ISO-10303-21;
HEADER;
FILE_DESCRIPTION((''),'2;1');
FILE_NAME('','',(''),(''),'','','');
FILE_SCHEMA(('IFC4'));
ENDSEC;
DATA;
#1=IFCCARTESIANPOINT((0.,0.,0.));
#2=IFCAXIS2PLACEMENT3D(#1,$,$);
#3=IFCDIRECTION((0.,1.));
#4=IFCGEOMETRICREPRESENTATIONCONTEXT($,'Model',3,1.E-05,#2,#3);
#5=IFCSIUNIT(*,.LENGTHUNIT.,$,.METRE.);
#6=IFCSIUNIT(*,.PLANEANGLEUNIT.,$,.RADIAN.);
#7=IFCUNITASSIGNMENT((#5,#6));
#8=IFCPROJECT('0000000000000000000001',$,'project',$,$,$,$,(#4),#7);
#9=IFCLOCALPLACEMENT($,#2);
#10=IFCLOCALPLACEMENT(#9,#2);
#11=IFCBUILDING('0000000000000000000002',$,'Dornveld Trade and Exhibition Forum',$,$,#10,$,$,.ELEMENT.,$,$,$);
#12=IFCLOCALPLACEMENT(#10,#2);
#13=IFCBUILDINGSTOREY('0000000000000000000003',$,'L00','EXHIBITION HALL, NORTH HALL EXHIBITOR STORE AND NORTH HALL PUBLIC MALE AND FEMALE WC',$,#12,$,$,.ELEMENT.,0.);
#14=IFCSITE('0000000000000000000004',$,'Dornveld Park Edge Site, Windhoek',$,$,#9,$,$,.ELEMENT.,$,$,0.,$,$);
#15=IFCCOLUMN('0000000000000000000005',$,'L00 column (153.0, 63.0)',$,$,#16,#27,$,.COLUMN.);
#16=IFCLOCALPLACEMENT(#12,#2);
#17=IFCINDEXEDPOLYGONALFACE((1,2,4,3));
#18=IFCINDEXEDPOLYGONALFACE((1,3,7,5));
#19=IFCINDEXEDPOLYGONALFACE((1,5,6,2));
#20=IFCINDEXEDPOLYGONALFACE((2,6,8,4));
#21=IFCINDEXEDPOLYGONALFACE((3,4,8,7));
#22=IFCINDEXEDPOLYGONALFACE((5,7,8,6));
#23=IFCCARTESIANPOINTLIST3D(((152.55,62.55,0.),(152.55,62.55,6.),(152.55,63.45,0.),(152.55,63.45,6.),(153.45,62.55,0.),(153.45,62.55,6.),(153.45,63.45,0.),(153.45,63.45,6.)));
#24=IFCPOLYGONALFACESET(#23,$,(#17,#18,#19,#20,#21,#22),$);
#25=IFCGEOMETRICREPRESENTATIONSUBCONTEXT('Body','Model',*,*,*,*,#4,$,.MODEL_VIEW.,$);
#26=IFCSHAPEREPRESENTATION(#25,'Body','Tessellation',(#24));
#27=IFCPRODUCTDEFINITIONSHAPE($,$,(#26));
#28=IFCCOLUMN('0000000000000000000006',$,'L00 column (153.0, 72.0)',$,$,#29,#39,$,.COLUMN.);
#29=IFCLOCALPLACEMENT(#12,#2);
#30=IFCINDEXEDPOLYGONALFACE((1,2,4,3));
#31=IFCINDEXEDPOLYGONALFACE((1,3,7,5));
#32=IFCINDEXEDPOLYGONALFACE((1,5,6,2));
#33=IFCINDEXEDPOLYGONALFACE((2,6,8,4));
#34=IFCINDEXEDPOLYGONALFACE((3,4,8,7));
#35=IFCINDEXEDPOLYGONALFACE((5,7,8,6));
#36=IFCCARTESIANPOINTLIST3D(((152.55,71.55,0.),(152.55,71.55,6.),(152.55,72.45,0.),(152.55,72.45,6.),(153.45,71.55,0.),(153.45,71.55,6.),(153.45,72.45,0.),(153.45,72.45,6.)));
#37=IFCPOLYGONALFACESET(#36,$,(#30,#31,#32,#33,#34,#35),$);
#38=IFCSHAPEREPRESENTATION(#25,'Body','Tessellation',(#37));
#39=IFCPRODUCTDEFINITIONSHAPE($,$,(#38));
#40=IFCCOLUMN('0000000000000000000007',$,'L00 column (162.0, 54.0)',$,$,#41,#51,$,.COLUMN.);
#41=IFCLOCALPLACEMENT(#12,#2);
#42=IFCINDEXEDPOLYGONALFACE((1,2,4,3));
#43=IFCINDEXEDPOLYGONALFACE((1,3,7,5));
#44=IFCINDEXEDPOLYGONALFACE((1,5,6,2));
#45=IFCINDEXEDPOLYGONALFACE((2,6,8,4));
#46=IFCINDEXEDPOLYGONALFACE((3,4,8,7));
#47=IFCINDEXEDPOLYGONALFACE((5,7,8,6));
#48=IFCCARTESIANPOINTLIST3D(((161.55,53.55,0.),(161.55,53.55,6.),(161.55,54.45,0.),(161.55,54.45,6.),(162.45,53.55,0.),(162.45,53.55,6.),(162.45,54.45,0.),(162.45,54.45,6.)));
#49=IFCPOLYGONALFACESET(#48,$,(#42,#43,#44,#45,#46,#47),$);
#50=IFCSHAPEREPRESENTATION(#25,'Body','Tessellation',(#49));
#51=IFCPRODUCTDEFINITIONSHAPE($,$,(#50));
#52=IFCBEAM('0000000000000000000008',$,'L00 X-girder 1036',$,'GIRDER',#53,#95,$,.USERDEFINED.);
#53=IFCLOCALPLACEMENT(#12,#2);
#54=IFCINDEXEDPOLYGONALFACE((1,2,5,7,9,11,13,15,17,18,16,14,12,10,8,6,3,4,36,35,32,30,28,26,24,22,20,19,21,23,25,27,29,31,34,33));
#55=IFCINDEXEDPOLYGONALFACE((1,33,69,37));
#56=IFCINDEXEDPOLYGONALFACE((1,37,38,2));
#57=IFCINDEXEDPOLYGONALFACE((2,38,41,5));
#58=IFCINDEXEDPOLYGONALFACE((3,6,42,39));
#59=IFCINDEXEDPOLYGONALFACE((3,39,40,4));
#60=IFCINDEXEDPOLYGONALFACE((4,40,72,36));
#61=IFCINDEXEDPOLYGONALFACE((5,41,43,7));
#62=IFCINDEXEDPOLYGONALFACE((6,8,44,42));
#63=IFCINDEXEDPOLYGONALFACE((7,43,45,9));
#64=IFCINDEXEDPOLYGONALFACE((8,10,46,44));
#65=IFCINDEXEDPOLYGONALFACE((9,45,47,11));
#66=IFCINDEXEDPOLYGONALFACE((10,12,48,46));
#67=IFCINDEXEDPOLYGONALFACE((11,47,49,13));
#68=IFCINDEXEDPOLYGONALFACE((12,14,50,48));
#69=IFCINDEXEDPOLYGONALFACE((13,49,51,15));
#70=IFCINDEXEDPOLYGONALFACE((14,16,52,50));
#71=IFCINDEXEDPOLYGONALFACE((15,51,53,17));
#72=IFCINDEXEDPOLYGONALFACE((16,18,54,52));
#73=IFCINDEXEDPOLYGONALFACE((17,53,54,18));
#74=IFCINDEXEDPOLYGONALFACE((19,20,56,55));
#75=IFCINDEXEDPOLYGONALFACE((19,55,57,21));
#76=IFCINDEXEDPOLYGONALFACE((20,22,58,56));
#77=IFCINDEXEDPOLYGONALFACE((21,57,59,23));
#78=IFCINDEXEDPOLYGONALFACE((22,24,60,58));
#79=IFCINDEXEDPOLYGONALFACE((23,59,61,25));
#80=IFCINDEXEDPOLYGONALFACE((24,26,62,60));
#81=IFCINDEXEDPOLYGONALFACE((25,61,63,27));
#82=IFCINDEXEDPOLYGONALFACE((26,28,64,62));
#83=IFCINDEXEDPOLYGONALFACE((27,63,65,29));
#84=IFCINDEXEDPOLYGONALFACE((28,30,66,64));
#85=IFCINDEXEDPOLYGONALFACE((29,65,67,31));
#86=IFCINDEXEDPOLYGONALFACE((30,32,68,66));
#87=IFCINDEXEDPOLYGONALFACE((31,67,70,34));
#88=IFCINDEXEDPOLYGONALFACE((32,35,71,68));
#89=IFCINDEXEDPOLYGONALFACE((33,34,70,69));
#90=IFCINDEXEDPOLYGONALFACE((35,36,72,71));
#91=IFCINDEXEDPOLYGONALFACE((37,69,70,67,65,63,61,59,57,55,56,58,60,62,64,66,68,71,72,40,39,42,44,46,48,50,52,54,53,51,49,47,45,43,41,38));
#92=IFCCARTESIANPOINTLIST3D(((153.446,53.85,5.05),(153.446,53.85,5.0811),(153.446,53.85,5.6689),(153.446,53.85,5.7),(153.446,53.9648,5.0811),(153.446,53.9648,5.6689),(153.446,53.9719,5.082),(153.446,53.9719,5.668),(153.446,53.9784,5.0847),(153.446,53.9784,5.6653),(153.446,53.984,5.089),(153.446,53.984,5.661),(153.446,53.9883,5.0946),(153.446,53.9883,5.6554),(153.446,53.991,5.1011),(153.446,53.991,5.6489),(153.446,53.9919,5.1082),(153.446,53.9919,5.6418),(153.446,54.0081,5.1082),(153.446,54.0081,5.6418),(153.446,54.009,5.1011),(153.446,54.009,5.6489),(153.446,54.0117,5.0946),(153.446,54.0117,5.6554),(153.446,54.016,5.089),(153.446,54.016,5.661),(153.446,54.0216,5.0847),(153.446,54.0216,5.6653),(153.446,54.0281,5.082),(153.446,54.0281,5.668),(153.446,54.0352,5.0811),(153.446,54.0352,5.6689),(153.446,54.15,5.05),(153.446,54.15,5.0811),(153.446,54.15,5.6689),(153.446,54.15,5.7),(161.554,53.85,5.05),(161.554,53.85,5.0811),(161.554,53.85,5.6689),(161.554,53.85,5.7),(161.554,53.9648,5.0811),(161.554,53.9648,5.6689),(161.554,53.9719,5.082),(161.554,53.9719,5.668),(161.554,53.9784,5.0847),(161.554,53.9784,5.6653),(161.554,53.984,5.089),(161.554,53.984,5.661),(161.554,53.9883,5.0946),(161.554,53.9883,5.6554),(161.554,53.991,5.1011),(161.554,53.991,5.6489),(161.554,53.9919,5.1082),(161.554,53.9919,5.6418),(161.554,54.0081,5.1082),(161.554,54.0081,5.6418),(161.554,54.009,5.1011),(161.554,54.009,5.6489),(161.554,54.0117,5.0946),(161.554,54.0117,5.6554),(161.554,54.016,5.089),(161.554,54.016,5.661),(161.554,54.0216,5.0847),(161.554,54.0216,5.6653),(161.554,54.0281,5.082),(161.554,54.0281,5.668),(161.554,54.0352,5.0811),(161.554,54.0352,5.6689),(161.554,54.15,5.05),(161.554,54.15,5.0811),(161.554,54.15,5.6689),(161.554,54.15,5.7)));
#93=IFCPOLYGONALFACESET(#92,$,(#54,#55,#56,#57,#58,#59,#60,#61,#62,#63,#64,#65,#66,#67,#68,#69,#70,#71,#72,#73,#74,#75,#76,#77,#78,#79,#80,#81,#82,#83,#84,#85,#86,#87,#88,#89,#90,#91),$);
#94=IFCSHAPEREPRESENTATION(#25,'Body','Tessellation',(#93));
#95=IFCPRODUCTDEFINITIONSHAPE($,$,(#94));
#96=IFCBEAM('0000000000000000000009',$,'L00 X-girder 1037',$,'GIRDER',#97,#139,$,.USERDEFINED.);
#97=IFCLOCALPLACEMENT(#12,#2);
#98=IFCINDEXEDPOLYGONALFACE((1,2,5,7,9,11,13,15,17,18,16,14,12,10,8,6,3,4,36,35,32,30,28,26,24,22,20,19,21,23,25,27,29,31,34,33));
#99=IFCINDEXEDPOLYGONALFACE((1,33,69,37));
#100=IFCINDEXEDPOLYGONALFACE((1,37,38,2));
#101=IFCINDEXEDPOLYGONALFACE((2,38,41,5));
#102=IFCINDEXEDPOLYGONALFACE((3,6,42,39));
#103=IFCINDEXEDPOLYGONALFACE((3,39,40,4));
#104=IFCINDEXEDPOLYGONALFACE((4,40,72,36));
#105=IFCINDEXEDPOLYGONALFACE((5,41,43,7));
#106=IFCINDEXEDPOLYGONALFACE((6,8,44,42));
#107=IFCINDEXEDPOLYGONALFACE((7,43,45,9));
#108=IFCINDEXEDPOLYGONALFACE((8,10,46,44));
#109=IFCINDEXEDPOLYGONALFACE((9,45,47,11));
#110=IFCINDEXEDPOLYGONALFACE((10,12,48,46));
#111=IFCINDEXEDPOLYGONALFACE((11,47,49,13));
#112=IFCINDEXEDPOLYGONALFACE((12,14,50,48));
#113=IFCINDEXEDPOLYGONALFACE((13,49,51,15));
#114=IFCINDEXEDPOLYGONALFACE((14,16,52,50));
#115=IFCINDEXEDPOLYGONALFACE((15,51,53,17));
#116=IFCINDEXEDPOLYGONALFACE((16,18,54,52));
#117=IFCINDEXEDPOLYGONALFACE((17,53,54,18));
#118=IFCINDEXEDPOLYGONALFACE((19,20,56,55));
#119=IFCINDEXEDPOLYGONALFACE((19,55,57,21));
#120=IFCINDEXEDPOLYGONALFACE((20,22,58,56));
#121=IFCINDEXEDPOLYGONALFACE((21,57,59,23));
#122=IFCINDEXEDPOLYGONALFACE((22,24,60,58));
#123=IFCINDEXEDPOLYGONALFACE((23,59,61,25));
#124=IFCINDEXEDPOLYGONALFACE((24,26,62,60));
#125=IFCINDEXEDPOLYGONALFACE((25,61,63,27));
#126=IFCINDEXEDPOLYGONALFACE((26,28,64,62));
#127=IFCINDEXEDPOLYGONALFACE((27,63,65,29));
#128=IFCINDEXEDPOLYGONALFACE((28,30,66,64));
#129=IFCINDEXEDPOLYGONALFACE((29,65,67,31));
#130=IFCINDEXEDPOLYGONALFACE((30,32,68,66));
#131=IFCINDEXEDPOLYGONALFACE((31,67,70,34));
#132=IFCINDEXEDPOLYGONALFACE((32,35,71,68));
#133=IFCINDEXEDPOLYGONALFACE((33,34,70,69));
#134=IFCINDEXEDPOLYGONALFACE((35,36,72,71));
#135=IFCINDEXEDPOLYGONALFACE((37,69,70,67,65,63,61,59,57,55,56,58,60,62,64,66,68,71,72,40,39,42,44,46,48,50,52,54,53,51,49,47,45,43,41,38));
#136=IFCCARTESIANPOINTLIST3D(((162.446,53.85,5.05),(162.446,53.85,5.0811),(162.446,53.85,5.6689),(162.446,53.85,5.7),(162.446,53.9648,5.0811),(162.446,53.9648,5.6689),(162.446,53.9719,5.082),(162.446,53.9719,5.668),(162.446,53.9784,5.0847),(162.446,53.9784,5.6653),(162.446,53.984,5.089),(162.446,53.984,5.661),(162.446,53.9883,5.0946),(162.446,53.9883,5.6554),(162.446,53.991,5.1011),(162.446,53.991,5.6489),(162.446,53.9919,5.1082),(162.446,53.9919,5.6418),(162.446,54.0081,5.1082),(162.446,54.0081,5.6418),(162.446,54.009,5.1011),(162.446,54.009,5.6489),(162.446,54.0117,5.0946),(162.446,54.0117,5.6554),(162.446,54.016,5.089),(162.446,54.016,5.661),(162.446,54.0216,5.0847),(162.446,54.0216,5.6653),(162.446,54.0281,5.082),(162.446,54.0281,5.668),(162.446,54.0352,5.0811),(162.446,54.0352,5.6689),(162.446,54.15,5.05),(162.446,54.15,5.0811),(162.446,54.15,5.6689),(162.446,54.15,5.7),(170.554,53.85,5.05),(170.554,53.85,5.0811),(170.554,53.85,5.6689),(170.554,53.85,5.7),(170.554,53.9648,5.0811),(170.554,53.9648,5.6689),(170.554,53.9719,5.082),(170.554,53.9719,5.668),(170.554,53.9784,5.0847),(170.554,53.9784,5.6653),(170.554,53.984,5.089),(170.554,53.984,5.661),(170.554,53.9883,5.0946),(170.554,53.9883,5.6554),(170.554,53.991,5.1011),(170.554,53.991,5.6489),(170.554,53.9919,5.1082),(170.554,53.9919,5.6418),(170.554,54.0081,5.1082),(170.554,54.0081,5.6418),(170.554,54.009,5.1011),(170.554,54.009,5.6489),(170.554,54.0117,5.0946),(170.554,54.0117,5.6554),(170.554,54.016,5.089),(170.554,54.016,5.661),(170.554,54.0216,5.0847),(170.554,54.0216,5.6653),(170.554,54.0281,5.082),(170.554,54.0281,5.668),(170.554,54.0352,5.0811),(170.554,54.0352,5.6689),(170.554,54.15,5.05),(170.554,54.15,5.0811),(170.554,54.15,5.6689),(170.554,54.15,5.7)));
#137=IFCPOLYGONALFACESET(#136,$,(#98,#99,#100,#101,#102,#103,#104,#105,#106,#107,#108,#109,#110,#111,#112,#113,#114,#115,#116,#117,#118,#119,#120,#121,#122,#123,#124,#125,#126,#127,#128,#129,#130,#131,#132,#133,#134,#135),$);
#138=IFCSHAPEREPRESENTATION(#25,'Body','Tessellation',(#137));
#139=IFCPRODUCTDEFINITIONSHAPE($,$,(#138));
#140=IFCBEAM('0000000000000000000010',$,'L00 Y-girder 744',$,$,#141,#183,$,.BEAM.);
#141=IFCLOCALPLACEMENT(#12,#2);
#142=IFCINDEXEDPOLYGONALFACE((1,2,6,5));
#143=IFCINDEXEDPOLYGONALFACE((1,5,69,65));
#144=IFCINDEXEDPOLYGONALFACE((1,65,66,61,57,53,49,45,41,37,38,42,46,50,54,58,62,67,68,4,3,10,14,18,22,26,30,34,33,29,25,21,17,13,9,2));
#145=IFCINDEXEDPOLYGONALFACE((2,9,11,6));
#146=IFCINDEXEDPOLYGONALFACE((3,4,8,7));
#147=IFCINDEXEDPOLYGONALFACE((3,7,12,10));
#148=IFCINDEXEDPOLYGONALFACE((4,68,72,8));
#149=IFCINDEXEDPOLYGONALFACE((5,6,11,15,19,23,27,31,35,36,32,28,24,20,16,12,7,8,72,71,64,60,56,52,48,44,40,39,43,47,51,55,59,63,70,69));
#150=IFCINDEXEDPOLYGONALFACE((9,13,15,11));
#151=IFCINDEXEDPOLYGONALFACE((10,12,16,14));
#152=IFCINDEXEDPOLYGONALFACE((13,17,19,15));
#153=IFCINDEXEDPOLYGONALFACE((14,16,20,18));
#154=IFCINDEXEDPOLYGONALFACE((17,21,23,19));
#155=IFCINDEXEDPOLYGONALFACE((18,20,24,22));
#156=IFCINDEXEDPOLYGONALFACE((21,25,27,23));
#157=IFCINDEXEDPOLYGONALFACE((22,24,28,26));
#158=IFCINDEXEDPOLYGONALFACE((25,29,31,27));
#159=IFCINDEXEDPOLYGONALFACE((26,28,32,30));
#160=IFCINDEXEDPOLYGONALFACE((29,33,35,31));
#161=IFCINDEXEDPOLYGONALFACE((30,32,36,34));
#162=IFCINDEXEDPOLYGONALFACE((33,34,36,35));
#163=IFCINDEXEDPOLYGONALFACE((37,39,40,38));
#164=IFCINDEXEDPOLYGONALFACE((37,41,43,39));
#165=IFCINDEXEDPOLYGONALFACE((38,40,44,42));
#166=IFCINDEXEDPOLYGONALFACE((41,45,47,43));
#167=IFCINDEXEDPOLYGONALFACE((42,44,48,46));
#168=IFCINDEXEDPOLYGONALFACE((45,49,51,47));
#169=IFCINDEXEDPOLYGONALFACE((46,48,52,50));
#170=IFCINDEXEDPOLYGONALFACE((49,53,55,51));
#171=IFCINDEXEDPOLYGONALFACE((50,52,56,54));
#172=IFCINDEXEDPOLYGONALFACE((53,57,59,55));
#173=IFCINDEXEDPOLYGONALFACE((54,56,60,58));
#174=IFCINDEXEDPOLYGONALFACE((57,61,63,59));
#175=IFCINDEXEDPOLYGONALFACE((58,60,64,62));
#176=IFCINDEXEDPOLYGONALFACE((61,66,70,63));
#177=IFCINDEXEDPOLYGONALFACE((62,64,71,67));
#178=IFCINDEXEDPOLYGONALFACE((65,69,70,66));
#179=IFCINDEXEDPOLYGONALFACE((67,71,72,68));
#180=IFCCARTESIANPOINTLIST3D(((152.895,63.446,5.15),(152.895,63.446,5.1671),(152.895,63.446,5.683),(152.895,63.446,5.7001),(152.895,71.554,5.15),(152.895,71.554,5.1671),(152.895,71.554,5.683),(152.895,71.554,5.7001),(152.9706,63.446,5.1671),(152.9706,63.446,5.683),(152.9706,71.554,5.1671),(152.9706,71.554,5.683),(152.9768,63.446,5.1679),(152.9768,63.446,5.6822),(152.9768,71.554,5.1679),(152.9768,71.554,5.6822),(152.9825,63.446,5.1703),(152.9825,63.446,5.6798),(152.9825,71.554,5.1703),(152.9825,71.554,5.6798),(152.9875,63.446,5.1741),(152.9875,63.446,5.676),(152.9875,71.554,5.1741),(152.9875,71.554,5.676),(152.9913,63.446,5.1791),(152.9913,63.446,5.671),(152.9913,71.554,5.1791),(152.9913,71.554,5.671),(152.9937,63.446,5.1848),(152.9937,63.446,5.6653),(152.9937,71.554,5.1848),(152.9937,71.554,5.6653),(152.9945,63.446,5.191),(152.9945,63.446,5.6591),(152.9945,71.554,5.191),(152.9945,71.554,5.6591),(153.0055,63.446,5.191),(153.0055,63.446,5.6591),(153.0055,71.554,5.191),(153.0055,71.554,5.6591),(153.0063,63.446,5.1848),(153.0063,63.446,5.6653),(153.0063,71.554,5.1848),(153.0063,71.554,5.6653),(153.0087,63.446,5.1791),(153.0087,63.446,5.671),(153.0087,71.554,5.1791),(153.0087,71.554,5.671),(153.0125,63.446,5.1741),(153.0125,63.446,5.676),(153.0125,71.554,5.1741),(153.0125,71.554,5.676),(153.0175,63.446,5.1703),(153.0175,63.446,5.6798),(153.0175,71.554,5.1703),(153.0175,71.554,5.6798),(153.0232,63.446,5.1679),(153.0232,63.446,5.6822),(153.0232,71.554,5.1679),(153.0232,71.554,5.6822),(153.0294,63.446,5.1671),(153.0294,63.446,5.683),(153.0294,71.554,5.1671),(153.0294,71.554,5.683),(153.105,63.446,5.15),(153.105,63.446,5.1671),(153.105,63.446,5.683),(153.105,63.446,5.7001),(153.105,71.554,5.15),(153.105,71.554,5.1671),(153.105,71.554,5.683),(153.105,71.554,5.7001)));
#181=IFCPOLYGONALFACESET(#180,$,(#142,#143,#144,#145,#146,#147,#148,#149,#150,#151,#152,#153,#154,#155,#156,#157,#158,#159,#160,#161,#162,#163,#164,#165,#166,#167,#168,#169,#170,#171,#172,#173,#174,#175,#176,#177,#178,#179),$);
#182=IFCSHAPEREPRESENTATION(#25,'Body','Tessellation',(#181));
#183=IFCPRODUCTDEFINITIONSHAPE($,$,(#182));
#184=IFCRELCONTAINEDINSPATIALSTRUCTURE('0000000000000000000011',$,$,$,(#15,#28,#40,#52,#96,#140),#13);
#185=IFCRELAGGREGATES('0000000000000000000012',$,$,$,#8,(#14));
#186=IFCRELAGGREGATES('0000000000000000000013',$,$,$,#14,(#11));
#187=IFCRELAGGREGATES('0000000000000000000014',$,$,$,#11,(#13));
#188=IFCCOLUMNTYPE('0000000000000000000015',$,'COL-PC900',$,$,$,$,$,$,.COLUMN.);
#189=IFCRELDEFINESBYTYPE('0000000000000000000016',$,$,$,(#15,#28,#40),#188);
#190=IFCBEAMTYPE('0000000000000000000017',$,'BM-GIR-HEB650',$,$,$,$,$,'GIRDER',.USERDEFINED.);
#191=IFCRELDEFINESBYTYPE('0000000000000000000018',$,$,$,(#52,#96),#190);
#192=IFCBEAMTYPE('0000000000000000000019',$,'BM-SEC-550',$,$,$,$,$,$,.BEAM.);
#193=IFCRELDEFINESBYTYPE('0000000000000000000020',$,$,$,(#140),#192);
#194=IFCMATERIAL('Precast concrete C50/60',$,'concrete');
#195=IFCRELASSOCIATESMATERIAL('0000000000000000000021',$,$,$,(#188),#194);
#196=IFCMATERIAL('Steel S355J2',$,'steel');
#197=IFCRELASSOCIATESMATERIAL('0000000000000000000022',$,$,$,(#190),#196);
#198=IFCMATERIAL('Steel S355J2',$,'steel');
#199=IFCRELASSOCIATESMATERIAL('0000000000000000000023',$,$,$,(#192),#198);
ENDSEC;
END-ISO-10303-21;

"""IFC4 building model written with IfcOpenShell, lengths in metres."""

from ifc_helpers import new_model, si_unit, direction, frame, origin, origin_2d, place, context, subcontext, project, spatial, rectangle, i_section, extrude, material, material_profile, profile_set, type_object, element, save


model = new_model("IFC4")

# Units and contexts
model_context = context("Model", 3, precision=1e-05, world=origin(), true_north=direction((0.0, 1.0)))
body_context = subcontext(model_context, "Body", "Model", "MODEL_VIEW")
ifc_project = project(units=[si_unit("LENGTHUNIT", "METRE"), si_unit("PLANEANGLEUNIT", "RADIAN")], contexts=[model_context])

# Site, building, storey
site_placement = place(None, origin())
site = spatial("IfcSite", under=ifc_project, at=site_placement, Name="Dornveld Park Edge Site, Windhoek", CompositionType="ELEMENT", RefElevation=0.0)
building_placement = place(site_placement, origin())
building = spatial("IfcBuilding", under=site, at=building_placement, Name="Dornveld Trade and Exhibition Forum", CompositionType="ELEMENT")
storey_placement = place(building_placement, origin())
storey = spatial("IfcBuildingStorey", under=building, at=storey_placement, Name="L00", Description="EXHIBITION HALL, NORTH HALL EXHIBITOR STORE AND NORTH HALL PUBLIC MALE AND FEMALE WC", CompositionType="ELEMENT", Elevation=0.0)

# Columns
ifc_material_1 = material(Name="Precast concrete C50/60", Category="concrete")
ifc_material_profile_1 = material_profile(ifc_material_1, rectangle(XDim=0.8999, YDim=0.8999, at=origin_2d()), Name="PC-COL 900x900")
ifc_profile_set_1 = profile_set([ifc_material_profile_1], Name="Precast concrete C50/60")
column_type = type_object("IfcColumnType", Name="COL-PC900", PredefinedType="COLUMN", material=ifc_profile_set_1)
for number, where, z_axis, x_axis, name in (
    (1, (153.0, 63.0, 0.0), (0.0, 0.0, 1.0), (1.0, 0.0, 0.0), "L00 column (153.0, 63.0)"),
    (2, (153.0, 72.0, 0.0), (0.0, 0.0, 1.0), (1.0, 0.0, 0.0), "L00 column (153.0, 72.0)"),
    (3, (162.0, 54.0, 0.0), (0.0, 0.0, 1.0), (1.0, 0.0, 0.0), "L00 column (162.0, 54.0)"),
):
    element("IfcColumn", number, at=place(storey_placement, frame(where, z_axis=z_axis, x_axis=x_axis)), inside=storey, type_object=column_type, Name=name, PredefinedType="COLUMN", context=body_context, shape_type="SweptSolid", body=[
        extrude(rectangle(XDim=0.8999, YDim=0.8999, at=origin_2d()), origin(), (0.0, 0.0, 1.0), 6.0),
    ])

# Beams
ifc_material_2 = material(Name="Steel S355J2", Category="steel")
ifc_material_profile_2 = material_profile(ifc_material_2, i_section(OverallWidth=0.3, OverallDepth=0.6499, WebThickness=0.0161, FlangeThickness=0.031, FilletRadius=0.0271, at=origin_2d()), Name="HEB 650")
ifc_profile_set_2 = profile_set([ifc_material_profile_2], Name="Steel S355J2")
beam_type_1 = type_object("IfcBeamType", Name="BM-GIR-HEB650", ElementType="GIRDER", PredefinedType="USERDEFINED", material=ifc_profile_set_2)
for number, where, z_axis, x_axis, name in (
    (4, (153.446, 54.0, 5.375), (1.0, 0.0, 0.0), (0.0, 1.0, 0.0), "L00 X-girder 1036"),
    (5, (162.446, 54.0, 5.375), (1.0, 0.0, 0.0), (0.0, 1.0, 0.0), "L00 X-girder 1037"),
):
    element("IfcBeam", number, at=place(storey_placement, frame(where, z_axis=z_axis, x_axis=x_axis)), inside=storey, type_object=beam_type_1, Name=name, ObjectType="GIRDER", PredefinedType="USERDEFINED", context=body_context, shape_type="SweptSolid", body=[
        extrude(i_section(OverallWidth=0.3, OverallDepth=0.6499, WebThickness=0.0161, FlangeThickness=0.031, FilletRadius=0.0271, at=origin_2d()), origin(), (0.0, 0.0, 1.0), 8.1079),
    ])
ifc_material_3 = material(Name="Steel S355J2", Category="steel")
ifc_material_profile_3 = material_profile(ifc_material_3, i_section(OverallWidth=0.21, OverallDepth=0.55, WebThickness=0.011, FlangeThickness=0.0171, FilletRadius=0.0239, at=origin_2d()), Name="IPE 550")
ifc_profile_set_3 = profile_set([ifc_material_profile_3], Name="Steel S355J2")
beam_type_2 = type_object("IfcBeamType", Name="BM-SEC-550", PredefinedType="BEAM", material=ifc_profile_set_3)
for number, where, z_axis, x_axis, name in (
    (6, (153.0, 63.446, 5.425), (0.0, 1.0, 0.0), (-1.0, 0.0, 0.0), "L00 Y-girder 744"),
):
    element("IfcBeam", number, at=place(storey_placement, frame(where, z_axis=z_axis, x_axis=x_axis)), inside=storey, type_object=beam_type_2, Name=name, PredefinedType="BEAM", context=body_context, shape_type="SweptSolid", body=[
        extrude(i_section(OverallWidth=0.21, OverallDepth=0.55, WebThickness=0.011, FlangeThickness=0.0171, FilletRadius=0.0239, at=origin_2d()), origin(), (0.0, 0.0, 1.0), 8.1079),
    ])

save(model, "model.ifc")
